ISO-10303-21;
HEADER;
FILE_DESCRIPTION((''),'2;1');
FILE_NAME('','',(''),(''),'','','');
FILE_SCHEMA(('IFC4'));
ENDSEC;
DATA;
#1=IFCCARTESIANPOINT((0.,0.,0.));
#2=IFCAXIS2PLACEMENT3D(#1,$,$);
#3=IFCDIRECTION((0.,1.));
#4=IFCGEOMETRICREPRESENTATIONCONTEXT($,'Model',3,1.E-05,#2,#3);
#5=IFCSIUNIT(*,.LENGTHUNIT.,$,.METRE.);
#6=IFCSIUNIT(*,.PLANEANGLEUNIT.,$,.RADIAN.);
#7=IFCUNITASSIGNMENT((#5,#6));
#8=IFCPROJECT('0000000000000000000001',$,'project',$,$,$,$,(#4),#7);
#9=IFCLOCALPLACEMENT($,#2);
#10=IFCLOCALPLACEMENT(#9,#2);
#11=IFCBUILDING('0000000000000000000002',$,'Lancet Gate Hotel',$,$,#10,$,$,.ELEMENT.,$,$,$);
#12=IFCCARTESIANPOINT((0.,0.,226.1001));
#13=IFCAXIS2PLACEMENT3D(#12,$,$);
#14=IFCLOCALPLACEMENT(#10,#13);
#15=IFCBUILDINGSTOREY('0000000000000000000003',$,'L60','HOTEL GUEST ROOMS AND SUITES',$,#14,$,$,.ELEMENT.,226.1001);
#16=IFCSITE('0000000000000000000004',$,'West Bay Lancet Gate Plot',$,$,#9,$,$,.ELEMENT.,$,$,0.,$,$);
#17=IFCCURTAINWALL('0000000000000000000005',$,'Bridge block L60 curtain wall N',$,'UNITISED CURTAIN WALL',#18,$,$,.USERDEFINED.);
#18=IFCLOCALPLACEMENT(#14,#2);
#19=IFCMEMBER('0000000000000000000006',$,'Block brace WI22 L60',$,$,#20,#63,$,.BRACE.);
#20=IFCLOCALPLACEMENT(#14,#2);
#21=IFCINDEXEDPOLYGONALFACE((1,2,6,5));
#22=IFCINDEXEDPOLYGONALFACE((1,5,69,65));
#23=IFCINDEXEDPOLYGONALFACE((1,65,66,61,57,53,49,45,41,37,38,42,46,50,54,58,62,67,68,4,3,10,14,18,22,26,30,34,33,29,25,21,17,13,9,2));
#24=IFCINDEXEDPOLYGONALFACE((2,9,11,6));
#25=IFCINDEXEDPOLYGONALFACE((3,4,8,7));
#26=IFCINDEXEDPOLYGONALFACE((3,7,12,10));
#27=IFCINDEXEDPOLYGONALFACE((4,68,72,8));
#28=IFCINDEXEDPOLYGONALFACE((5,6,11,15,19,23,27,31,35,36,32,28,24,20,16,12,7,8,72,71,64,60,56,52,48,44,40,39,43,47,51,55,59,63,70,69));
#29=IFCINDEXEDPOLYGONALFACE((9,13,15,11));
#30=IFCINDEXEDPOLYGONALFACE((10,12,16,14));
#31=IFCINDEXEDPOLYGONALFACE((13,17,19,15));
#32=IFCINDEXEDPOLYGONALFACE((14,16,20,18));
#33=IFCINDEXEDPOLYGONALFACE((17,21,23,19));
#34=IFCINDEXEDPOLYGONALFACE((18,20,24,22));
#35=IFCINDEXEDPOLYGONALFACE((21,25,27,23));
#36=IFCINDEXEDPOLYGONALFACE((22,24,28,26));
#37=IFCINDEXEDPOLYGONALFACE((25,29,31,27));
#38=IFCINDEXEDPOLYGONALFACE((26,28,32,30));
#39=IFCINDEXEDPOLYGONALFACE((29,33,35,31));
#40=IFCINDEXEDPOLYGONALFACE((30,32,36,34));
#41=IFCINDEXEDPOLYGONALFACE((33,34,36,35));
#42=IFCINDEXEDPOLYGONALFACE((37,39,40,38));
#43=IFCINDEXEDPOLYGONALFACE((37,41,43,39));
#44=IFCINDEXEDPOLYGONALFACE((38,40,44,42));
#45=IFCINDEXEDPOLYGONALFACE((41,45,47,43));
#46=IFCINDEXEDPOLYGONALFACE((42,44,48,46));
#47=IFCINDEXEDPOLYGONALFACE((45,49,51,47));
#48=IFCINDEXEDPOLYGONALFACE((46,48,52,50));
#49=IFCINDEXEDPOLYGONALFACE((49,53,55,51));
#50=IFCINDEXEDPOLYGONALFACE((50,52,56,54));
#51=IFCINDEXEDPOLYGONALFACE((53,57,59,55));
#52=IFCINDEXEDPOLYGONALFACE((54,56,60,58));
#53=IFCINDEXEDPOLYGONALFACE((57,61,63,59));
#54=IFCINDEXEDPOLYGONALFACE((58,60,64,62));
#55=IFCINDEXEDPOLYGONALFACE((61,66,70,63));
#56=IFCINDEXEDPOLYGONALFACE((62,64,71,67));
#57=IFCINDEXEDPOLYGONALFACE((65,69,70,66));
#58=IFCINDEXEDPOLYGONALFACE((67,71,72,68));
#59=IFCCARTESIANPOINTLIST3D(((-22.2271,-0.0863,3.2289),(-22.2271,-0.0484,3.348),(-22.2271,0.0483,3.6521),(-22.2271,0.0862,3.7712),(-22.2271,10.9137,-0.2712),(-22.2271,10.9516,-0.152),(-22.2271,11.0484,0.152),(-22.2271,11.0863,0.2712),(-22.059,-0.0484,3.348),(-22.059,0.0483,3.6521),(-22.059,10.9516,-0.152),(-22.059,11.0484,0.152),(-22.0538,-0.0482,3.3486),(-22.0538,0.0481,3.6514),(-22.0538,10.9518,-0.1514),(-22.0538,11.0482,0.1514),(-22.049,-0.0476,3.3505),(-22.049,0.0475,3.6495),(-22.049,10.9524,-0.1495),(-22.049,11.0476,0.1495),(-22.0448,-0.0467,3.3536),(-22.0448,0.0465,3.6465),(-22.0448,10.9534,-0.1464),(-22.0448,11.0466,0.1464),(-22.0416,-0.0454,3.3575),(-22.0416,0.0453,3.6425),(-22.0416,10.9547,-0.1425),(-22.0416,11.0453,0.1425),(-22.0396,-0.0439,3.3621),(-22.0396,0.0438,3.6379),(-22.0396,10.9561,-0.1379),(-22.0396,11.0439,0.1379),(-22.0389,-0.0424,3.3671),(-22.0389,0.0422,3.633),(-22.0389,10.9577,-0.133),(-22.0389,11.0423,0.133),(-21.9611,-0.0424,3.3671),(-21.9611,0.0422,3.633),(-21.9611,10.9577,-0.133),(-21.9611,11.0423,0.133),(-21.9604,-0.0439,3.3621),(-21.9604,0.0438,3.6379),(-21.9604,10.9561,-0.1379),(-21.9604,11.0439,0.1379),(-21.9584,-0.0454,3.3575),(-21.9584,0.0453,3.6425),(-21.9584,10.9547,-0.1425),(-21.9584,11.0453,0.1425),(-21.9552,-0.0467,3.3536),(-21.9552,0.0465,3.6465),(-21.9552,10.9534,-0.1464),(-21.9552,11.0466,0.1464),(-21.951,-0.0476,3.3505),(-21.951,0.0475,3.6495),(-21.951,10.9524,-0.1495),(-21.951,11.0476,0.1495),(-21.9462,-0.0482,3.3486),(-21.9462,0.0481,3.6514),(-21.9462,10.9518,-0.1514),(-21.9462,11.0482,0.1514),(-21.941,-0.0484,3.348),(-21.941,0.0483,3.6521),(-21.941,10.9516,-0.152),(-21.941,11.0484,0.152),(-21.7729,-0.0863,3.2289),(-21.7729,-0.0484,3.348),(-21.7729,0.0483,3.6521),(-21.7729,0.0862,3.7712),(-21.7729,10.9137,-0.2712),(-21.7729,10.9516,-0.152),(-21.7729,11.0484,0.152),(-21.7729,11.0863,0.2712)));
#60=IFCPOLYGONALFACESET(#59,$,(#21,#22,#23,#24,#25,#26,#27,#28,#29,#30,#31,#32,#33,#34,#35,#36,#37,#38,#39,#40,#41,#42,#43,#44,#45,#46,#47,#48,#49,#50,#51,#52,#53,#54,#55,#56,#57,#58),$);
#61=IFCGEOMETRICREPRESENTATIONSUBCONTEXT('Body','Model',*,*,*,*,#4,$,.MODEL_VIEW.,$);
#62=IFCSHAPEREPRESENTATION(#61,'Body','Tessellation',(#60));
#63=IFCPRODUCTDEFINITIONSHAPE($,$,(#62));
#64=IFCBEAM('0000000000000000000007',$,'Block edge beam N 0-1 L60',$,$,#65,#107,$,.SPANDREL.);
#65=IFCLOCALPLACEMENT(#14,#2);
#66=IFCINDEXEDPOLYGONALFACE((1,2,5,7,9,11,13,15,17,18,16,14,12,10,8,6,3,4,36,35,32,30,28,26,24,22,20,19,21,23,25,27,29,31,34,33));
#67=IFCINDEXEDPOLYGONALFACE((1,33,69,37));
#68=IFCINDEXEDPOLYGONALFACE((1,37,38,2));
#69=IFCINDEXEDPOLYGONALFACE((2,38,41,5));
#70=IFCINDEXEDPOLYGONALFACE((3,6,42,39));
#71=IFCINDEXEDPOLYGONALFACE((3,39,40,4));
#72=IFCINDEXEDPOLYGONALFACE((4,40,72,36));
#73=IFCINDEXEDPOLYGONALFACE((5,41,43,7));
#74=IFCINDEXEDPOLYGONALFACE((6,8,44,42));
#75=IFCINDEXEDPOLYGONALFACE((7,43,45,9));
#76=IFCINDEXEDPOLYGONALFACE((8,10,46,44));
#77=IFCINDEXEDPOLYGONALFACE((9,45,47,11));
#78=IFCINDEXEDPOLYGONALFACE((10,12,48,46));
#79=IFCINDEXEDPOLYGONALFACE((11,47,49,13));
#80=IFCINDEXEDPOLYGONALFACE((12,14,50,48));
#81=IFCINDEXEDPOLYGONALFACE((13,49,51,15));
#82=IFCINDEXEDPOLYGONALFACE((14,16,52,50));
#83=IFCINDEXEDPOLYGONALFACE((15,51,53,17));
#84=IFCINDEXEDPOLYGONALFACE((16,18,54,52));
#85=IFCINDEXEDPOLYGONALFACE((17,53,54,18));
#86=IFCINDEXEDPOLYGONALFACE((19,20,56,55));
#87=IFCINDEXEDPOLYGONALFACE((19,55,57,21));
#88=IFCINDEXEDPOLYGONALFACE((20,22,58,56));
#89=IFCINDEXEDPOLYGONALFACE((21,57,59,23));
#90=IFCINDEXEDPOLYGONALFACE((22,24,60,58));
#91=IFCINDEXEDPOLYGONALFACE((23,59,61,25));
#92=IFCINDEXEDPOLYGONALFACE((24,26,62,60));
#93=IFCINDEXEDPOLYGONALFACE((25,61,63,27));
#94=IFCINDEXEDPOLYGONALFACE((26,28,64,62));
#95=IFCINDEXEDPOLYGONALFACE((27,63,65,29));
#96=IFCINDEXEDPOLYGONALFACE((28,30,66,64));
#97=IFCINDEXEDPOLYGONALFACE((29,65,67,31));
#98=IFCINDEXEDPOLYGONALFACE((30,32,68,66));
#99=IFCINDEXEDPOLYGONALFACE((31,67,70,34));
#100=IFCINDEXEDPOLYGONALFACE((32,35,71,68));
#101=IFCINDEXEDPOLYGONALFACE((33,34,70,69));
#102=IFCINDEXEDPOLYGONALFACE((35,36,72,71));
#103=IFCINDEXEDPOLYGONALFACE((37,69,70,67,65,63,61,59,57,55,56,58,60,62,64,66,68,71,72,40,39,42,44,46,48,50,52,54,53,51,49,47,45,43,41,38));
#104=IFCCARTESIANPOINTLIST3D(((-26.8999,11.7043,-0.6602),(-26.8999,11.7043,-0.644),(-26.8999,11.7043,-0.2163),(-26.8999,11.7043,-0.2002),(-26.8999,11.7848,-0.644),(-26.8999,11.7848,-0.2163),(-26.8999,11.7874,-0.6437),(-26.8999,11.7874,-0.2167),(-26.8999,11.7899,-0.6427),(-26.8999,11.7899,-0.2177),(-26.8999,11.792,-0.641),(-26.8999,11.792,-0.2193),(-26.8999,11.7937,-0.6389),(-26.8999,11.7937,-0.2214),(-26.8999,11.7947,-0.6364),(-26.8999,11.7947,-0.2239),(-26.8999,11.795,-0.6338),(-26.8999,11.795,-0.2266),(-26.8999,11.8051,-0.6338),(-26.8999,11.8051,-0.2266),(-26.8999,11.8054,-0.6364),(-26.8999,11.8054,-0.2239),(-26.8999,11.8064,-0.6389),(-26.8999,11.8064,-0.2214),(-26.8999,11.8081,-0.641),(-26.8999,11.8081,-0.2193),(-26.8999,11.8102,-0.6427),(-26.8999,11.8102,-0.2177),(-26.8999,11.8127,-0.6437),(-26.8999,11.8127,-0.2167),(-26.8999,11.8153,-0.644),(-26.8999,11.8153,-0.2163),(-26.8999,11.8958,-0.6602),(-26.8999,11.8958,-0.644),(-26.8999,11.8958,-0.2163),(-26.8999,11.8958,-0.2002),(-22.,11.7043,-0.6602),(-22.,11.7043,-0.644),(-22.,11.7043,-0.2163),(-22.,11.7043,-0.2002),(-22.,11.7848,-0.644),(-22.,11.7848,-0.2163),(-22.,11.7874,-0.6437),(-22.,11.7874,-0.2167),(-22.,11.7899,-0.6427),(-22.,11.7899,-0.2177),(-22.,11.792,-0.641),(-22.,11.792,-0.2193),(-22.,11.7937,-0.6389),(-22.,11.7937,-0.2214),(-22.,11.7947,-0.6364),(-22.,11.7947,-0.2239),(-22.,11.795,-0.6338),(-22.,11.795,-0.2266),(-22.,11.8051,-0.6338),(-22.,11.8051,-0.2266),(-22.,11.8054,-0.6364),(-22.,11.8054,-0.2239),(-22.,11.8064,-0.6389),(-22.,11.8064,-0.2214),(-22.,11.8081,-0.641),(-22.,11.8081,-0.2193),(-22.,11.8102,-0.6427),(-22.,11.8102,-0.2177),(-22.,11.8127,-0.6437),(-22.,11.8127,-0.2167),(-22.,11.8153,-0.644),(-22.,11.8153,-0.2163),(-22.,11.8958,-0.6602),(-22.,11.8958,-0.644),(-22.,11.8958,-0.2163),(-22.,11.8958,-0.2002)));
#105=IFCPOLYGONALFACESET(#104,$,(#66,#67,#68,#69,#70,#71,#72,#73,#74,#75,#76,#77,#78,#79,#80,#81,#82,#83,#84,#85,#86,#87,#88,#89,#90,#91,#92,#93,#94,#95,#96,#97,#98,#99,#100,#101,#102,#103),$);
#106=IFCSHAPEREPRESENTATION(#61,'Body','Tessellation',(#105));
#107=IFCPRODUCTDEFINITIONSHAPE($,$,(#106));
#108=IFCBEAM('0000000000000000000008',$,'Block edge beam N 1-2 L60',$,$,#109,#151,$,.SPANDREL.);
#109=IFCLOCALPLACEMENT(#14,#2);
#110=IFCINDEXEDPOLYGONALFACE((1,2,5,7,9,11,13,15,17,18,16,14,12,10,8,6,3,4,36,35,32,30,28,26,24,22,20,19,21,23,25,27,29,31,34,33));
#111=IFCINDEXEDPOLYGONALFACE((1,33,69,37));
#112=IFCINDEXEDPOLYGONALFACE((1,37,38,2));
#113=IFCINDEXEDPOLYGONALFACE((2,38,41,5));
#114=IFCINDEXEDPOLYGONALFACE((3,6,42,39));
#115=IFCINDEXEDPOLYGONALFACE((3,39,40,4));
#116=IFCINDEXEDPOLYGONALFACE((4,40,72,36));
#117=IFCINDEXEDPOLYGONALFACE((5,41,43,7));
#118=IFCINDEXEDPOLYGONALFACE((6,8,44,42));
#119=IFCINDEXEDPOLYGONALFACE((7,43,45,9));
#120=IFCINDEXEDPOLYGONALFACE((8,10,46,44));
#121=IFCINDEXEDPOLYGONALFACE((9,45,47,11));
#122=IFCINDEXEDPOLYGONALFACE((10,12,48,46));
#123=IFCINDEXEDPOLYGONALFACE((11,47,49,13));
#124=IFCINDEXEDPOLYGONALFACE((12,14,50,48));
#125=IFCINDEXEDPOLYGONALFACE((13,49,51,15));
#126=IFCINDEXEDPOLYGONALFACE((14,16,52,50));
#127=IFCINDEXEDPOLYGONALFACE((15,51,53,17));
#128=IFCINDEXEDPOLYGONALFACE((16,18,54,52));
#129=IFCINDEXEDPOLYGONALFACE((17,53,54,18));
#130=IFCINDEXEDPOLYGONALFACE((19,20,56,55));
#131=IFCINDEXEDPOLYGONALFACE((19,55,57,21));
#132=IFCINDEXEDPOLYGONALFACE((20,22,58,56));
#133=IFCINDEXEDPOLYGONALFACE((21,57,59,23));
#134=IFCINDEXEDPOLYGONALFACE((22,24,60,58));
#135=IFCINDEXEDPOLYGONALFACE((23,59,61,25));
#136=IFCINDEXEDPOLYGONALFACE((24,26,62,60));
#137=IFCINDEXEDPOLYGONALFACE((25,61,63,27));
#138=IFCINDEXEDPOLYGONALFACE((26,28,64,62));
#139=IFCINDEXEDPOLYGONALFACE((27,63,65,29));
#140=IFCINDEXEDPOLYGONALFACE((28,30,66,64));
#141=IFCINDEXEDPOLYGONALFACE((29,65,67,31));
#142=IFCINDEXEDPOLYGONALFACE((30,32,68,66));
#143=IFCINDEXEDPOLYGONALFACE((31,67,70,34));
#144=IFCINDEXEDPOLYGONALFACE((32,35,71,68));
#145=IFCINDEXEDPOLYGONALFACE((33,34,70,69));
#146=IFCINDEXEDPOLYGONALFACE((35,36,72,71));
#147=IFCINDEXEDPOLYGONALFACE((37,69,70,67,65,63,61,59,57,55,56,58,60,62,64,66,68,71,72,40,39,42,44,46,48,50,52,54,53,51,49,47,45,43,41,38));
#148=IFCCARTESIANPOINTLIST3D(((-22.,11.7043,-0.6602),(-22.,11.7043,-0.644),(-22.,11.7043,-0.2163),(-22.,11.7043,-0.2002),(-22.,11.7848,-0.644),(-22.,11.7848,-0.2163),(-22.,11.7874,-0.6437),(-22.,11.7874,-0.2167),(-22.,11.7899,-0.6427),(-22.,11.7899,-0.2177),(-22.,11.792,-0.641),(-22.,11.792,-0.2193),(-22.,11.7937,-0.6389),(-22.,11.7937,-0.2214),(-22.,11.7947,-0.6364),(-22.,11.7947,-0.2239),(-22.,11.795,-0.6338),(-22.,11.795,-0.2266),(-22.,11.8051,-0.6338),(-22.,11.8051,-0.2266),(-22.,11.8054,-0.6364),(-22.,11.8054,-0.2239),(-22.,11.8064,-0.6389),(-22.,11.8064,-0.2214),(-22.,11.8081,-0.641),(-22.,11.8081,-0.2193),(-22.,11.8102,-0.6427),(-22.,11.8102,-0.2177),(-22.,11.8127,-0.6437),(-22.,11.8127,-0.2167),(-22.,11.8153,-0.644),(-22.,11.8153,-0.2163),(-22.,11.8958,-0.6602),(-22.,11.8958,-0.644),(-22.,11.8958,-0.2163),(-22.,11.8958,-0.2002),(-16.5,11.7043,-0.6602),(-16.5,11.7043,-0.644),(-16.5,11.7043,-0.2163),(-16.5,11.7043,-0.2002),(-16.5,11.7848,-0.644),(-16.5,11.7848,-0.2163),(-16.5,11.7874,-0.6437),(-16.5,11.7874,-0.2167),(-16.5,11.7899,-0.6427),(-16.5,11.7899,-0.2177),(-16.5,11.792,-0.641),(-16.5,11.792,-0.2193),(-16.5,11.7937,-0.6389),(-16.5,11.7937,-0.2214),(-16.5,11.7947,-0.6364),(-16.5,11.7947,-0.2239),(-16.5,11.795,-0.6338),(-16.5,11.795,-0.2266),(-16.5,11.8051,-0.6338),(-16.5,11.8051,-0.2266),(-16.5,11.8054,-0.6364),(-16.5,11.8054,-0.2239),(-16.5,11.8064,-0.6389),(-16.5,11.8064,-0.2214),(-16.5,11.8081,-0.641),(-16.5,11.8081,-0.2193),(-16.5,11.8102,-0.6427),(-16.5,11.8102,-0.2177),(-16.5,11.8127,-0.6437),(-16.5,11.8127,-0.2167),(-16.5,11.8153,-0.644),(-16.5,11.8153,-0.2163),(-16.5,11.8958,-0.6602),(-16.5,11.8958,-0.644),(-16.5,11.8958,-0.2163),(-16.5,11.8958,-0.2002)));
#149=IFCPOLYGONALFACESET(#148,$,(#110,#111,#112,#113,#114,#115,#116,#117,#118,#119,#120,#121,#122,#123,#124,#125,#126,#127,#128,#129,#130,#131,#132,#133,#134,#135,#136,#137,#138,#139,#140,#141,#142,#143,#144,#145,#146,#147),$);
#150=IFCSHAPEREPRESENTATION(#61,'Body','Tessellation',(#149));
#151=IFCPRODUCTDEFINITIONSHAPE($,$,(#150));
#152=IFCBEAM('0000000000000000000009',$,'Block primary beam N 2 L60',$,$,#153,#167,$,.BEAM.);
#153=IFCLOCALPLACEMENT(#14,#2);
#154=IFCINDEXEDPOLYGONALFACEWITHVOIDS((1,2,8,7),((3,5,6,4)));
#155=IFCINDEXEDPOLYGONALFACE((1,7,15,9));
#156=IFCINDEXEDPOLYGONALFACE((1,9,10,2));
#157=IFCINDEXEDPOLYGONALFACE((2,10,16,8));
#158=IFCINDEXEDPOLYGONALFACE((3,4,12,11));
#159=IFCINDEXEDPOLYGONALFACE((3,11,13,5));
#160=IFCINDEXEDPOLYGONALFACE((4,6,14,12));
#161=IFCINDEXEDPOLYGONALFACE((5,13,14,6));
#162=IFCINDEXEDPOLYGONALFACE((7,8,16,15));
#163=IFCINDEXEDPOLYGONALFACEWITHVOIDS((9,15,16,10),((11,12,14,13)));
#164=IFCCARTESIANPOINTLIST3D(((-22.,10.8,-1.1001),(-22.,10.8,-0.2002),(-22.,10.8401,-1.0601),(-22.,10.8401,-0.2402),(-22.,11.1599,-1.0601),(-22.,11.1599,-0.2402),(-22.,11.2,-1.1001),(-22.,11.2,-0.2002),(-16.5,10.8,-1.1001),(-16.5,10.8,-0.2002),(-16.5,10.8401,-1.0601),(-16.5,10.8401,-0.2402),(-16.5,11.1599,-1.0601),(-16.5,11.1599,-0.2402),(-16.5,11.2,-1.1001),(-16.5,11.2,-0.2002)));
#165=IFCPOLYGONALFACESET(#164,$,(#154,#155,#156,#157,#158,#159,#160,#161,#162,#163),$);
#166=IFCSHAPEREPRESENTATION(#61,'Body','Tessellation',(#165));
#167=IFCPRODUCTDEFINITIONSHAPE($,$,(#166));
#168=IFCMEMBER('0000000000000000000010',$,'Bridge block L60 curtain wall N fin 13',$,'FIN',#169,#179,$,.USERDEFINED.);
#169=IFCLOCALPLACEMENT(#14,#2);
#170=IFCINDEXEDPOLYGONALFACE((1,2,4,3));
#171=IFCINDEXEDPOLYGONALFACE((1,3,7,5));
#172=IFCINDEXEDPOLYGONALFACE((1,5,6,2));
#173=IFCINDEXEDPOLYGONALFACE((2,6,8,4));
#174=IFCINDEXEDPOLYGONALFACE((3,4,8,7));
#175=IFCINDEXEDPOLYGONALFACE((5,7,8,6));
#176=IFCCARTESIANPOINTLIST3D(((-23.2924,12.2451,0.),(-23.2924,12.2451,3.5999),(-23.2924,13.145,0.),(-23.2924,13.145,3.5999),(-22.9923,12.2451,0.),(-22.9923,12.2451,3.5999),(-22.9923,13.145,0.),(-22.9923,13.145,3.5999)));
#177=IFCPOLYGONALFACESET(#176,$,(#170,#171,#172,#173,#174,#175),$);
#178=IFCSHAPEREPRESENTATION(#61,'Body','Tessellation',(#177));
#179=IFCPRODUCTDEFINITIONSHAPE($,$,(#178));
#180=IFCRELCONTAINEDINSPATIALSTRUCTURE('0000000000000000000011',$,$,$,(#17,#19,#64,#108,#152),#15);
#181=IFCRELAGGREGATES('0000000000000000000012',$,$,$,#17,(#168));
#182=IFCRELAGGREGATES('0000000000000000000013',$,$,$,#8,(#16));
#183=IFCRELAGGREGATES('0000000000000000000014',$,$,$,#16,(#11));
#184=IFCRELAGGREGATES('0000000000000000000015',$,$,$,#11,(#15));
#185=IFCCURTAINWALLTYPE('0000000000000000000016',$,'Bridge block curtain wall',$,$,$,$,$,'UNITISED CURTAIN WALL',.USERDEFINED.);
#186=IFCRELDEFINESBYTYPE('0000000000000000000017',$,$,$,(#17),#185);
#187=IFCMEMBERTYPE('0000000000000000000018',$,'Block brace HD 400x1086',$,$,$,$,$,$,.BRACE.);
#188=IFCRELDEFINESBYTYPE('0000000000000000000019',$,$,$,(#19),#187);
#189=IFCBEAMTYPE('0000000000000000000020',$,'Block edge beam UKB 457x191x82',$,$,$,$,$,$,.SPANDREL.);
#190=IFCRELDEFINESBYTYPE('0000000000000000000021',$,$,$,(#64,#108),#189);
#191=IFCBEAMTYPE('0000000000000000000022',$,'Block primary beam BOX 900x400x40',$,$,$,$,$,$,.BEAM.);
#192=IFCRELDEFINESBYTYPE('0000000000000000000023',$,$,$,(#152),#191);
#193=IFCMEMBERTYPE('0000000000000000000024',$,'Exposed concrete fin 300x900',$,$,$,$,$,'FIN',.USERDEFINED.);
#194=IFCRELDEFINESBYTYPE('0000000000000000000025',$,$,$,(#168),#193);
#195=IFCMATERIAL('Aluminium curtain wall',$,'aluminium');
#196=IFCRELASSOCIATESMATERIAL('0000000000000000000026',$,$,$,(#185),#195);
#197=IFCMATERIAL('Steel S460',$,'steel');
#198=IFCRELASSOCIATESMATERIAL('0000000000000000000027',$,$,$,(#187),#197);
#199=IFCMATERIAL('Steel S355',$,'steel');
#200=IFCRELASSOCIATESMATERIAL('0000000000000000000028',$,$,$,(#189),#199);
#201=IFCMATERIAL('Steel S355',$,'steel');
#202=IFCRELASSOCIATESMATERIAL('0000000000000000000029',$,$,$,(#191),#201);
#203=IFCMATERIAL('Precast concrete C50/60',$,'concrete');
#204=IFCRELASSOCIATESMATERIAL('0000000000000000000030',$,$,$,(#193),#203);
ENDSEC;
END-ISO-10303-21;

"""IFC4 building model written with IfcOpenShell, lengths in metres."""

from ifc_helpers import new_model, si_unit, direction, frame, origin, origin_2d, place, context, subcontext, project, spatial, rectangle, hollow_rectangle, i_section, extrude, material, material_profile, profile_set, type_object, element, aggregate, save


model = new_model("IFC4")

# Units and contexts
model_context = context("Model", 3, precision=1e-05, world=origin(), true_north=direction((0.0, 1.0)))
body_context = subcontext(model_context, "Body", "Model", "MODEL_VIEW")
ifc_project = project(units=[si_unit("LENGTHUNIT", "METRE"), si_unit("PLANEANGLEUNIT", "RADIAN")], contexts=[model_context])

# Site, building, storey
site_placement = place(None, origin())
site = spatial("IfcSite", under=ifc_project, at=site_placement, Name="West Bay Lancet Gate Plot", CompositionType="ELEMENT", RefElevation=0.0)
building_placement = place(site_placement, origin())
building = spatial("IfcBuilding", under=site, at=building_placement, Name="Lancet Gate Hotel", CompositionType="ELEMENT")
storey_placement = place(building_placement, frame((0.0, 0.0, 226.1001)))
storey = spatial("IfcBuildingStorey", under=building, at=storey_placement, Name="L60", Description="HOTEL GUEST ROOMS AND SUITES", CompositionType="ELEMENT", Elevation=226.1001)

# Curtain wall
ifc_material_1 = material(Name="Aluminium curtain wall", Category="aluminium")
curtain_wall_type_1 = type_object("IfcCurtainWallType", Name="Bridge block curtain wall", ElementType="UNITISED CURTAIN WALL", PredefinedType="USERDEFINED", material=ifc_material_1)
curtain_wall_1_placement = place(storey_placement, origin())
curtain_wall_1 = element("IfcCurtainWall", 1, at=curtain_wall_1_placement, inside=storey, type_object=curtain_wall_type_1, Name="Bridge block L60 curtain wall N", ObjectType="UNITISED CURTAIN WALL", PredefinedType="USERDEFINED")

# Member
ifc_material_2 = material(Name="Steel S460", Category="steel")
ifc_material_profile_1 = material_profile(ifc_material_2, i_section(OverallWidth=0.4541, OverallDepth=0.5691, WebThickness=0.0779, FlangeThickness=0.125, FilletRadius=0.02, at=origin_2d()), Name="HD 400x1086")
ifc_profile_set_1 = profile_set([ifc_material_profile_1], Name="Steel S460")
member_type_1 = type_object("IfcMemberType", Name="Block brace HD 400x1086", PredefinedType="BRACE", material=ifc_profile_set_1)
member_1_placement = place(storey_placement, frame((-22.0, 11.0, 0.0), z_axis=(0.0, -0.952926, 0.303204), x_axis=(1.0, 0.0, 0.0)))
element("IfcMember", 2, at=member_1_placement, inside=storey, type_object=member_type_1, Name="Block brace WI22 L60", PredefinedType="BRACE", context=body_context, shape_type="SweptSolid", body=[
    extrude(i_section(OverallWidth=0.4541, OverallDepth=0.5691, WebThickness=0.0779, FlangeThickness=0.125, FilletRadius=0.02, at=origin_2d()), origin(), (0.0, 0.0, 1.0), 11.5435),
])

# Beams
ifc_material_3 = material(Name="Steel S355", Category="steel")
ifc_material_profile_2 = material_profile(ifc_material_3, i_section(OverallWidth=0.1914, OverallDepth=0.46, WebThickness=0.01, FlangeThickness=0.0161, FilletRadius=0.0103, at=origin_2d()), Name="UKB 457x191x82")
ifc_profile_set_2 = profile_set([ifc_material_profile_2], Name="Steel S355")
beam_type_1 = type_object("IfcBeamType", Name="Block edge beam UKB 457x191x82", PredefinedType="SPANDREL", material=ifc_profile_set_2)
beam_1_placement = place(storey_placement, frame((-26.8999, 11.8, -0.4302), z_axis=(1.0, 0.0, 0.0), x_axis=(0.0, 1.0, 0.0)))
element("IfcBeam", 3, at=beam_1_placement, inside=storey, type_object=beam_type_1, Name="Block edge beam N 0-1 L60", PredefinedType="SPANDREL", context=body_context, shape_type="SweptSolid", body=[
    extrude(i_section(OverallWidth=0.1914, OverallDepth=0.46, WebThickness=0.01, FlangeThickness=0.0161, FilletRadius=0.0103, at=origin_2d()), origin(), (0.0, 0.0, 1.0), 4.8999),
])
beam_2_placement = place(storey_placement, frame((-22.0, 11.8, -0.4302), z_axis=(1.0, 0.0, 0.0), x_axis=(0.0, 1.0, 0.0)))
element("IfcBeam", 4, at=beam_2_placement, inside=storey, type_object=beam_type_1, Name="Block edge beam N 1-2 L60", PredefinedType="SPANDREL", context=body_context, shape_type="SweptSolid", body=[
    extrude(i_section(OverallWidth=0.1914, OverallDepth=0.46, WebThickness=0.01, FlangeThickness=0.0161, FilletRadius=0.0103, at=origin_2d()), origin(), (0.0, 0.0, 1.0), 5.5),
])
ifc_material_4 = material(Name="Steel S355", Category="steel")
ifc_material_profile_3 = material_profile(ifc_material_4, hollow_rectangle(XDim=0.3999, YDim=0.8999, WallThickness=0.04, at=origin_2d()), Name="BOX 900x400x40")
ifc_profile_set_3 = profile_set([ifc_material_profile_3], Name="Steel S355")
beam_type_2 = type_object("IfcBeamType", Name="Block primary beam BOX 900x400x40", PredefinedType="BEAM", material=ifc_profile_set_3)
beam_3_placement = place(storey_placement, frame((-22.0, 11.0, -0.6501), z_axis=(1.0, 0.0, 0.0), x_axis=(0.0, 1.0, 0.0)))
element("IfcBeam", 5, at=beam_3_placement, inside=storey, type_object=beam_type_2, Name="Block primary beam N 2 L60", PredefinedType="BEAM", context=body_context, shape_type="SweptSolid", body=[
    extrude(hollow_rectangle(XDim=0.3999, YDim=0.8999, WallThickness=0.04, at=origin_2d()), origin(), (0.0, 0.0, 1.0), 5.5),
])

# Member
ifc_material_5 = material(Name="Precast concrete C50/60", Category="concrete")
ifc_material_profile_4 = material_profile(ifc_material_5, rectangle(XDim=0.3, YDim=0.8999, at=origin_2d()), Name="FIN 300x900")
ifc_profile_set_4 = profile_set([ifc_material_profile_4], Name="Precast concrete C50/60")
member_type_2 = type_object("IfcMemberType", Name="Exposed concrete fin 300x900", ElementType="FIN", PredefinedType="USERDEFINED", material=ifc_profile_set_4)
member_2_placement = place(storey_placement, frame((-23.1423, 12.6951, 0.0), z_axis=(0.0, 0.0, 1.0), x_axis=(-1.0, 0.0, 0.0)))
member_2 = element("IfcMember", 6, at=member_2_placement, type_object=member_type_2, Name="Bridge block L60 curtain wall N fin 13", ObjectType="FIN", PredefinedType="USERDEFINED", context=body_context, shape_type="SweptSolid", body=[
    extrude(rectangle(XDim=0.3, YDim=0.8999, at=origin_2d()), origin(), (0.0, 0.0, 1.0), 3.5999),
])

aggregate(curtain_wall_1, [member_2])

save(model, "model.ifc")
